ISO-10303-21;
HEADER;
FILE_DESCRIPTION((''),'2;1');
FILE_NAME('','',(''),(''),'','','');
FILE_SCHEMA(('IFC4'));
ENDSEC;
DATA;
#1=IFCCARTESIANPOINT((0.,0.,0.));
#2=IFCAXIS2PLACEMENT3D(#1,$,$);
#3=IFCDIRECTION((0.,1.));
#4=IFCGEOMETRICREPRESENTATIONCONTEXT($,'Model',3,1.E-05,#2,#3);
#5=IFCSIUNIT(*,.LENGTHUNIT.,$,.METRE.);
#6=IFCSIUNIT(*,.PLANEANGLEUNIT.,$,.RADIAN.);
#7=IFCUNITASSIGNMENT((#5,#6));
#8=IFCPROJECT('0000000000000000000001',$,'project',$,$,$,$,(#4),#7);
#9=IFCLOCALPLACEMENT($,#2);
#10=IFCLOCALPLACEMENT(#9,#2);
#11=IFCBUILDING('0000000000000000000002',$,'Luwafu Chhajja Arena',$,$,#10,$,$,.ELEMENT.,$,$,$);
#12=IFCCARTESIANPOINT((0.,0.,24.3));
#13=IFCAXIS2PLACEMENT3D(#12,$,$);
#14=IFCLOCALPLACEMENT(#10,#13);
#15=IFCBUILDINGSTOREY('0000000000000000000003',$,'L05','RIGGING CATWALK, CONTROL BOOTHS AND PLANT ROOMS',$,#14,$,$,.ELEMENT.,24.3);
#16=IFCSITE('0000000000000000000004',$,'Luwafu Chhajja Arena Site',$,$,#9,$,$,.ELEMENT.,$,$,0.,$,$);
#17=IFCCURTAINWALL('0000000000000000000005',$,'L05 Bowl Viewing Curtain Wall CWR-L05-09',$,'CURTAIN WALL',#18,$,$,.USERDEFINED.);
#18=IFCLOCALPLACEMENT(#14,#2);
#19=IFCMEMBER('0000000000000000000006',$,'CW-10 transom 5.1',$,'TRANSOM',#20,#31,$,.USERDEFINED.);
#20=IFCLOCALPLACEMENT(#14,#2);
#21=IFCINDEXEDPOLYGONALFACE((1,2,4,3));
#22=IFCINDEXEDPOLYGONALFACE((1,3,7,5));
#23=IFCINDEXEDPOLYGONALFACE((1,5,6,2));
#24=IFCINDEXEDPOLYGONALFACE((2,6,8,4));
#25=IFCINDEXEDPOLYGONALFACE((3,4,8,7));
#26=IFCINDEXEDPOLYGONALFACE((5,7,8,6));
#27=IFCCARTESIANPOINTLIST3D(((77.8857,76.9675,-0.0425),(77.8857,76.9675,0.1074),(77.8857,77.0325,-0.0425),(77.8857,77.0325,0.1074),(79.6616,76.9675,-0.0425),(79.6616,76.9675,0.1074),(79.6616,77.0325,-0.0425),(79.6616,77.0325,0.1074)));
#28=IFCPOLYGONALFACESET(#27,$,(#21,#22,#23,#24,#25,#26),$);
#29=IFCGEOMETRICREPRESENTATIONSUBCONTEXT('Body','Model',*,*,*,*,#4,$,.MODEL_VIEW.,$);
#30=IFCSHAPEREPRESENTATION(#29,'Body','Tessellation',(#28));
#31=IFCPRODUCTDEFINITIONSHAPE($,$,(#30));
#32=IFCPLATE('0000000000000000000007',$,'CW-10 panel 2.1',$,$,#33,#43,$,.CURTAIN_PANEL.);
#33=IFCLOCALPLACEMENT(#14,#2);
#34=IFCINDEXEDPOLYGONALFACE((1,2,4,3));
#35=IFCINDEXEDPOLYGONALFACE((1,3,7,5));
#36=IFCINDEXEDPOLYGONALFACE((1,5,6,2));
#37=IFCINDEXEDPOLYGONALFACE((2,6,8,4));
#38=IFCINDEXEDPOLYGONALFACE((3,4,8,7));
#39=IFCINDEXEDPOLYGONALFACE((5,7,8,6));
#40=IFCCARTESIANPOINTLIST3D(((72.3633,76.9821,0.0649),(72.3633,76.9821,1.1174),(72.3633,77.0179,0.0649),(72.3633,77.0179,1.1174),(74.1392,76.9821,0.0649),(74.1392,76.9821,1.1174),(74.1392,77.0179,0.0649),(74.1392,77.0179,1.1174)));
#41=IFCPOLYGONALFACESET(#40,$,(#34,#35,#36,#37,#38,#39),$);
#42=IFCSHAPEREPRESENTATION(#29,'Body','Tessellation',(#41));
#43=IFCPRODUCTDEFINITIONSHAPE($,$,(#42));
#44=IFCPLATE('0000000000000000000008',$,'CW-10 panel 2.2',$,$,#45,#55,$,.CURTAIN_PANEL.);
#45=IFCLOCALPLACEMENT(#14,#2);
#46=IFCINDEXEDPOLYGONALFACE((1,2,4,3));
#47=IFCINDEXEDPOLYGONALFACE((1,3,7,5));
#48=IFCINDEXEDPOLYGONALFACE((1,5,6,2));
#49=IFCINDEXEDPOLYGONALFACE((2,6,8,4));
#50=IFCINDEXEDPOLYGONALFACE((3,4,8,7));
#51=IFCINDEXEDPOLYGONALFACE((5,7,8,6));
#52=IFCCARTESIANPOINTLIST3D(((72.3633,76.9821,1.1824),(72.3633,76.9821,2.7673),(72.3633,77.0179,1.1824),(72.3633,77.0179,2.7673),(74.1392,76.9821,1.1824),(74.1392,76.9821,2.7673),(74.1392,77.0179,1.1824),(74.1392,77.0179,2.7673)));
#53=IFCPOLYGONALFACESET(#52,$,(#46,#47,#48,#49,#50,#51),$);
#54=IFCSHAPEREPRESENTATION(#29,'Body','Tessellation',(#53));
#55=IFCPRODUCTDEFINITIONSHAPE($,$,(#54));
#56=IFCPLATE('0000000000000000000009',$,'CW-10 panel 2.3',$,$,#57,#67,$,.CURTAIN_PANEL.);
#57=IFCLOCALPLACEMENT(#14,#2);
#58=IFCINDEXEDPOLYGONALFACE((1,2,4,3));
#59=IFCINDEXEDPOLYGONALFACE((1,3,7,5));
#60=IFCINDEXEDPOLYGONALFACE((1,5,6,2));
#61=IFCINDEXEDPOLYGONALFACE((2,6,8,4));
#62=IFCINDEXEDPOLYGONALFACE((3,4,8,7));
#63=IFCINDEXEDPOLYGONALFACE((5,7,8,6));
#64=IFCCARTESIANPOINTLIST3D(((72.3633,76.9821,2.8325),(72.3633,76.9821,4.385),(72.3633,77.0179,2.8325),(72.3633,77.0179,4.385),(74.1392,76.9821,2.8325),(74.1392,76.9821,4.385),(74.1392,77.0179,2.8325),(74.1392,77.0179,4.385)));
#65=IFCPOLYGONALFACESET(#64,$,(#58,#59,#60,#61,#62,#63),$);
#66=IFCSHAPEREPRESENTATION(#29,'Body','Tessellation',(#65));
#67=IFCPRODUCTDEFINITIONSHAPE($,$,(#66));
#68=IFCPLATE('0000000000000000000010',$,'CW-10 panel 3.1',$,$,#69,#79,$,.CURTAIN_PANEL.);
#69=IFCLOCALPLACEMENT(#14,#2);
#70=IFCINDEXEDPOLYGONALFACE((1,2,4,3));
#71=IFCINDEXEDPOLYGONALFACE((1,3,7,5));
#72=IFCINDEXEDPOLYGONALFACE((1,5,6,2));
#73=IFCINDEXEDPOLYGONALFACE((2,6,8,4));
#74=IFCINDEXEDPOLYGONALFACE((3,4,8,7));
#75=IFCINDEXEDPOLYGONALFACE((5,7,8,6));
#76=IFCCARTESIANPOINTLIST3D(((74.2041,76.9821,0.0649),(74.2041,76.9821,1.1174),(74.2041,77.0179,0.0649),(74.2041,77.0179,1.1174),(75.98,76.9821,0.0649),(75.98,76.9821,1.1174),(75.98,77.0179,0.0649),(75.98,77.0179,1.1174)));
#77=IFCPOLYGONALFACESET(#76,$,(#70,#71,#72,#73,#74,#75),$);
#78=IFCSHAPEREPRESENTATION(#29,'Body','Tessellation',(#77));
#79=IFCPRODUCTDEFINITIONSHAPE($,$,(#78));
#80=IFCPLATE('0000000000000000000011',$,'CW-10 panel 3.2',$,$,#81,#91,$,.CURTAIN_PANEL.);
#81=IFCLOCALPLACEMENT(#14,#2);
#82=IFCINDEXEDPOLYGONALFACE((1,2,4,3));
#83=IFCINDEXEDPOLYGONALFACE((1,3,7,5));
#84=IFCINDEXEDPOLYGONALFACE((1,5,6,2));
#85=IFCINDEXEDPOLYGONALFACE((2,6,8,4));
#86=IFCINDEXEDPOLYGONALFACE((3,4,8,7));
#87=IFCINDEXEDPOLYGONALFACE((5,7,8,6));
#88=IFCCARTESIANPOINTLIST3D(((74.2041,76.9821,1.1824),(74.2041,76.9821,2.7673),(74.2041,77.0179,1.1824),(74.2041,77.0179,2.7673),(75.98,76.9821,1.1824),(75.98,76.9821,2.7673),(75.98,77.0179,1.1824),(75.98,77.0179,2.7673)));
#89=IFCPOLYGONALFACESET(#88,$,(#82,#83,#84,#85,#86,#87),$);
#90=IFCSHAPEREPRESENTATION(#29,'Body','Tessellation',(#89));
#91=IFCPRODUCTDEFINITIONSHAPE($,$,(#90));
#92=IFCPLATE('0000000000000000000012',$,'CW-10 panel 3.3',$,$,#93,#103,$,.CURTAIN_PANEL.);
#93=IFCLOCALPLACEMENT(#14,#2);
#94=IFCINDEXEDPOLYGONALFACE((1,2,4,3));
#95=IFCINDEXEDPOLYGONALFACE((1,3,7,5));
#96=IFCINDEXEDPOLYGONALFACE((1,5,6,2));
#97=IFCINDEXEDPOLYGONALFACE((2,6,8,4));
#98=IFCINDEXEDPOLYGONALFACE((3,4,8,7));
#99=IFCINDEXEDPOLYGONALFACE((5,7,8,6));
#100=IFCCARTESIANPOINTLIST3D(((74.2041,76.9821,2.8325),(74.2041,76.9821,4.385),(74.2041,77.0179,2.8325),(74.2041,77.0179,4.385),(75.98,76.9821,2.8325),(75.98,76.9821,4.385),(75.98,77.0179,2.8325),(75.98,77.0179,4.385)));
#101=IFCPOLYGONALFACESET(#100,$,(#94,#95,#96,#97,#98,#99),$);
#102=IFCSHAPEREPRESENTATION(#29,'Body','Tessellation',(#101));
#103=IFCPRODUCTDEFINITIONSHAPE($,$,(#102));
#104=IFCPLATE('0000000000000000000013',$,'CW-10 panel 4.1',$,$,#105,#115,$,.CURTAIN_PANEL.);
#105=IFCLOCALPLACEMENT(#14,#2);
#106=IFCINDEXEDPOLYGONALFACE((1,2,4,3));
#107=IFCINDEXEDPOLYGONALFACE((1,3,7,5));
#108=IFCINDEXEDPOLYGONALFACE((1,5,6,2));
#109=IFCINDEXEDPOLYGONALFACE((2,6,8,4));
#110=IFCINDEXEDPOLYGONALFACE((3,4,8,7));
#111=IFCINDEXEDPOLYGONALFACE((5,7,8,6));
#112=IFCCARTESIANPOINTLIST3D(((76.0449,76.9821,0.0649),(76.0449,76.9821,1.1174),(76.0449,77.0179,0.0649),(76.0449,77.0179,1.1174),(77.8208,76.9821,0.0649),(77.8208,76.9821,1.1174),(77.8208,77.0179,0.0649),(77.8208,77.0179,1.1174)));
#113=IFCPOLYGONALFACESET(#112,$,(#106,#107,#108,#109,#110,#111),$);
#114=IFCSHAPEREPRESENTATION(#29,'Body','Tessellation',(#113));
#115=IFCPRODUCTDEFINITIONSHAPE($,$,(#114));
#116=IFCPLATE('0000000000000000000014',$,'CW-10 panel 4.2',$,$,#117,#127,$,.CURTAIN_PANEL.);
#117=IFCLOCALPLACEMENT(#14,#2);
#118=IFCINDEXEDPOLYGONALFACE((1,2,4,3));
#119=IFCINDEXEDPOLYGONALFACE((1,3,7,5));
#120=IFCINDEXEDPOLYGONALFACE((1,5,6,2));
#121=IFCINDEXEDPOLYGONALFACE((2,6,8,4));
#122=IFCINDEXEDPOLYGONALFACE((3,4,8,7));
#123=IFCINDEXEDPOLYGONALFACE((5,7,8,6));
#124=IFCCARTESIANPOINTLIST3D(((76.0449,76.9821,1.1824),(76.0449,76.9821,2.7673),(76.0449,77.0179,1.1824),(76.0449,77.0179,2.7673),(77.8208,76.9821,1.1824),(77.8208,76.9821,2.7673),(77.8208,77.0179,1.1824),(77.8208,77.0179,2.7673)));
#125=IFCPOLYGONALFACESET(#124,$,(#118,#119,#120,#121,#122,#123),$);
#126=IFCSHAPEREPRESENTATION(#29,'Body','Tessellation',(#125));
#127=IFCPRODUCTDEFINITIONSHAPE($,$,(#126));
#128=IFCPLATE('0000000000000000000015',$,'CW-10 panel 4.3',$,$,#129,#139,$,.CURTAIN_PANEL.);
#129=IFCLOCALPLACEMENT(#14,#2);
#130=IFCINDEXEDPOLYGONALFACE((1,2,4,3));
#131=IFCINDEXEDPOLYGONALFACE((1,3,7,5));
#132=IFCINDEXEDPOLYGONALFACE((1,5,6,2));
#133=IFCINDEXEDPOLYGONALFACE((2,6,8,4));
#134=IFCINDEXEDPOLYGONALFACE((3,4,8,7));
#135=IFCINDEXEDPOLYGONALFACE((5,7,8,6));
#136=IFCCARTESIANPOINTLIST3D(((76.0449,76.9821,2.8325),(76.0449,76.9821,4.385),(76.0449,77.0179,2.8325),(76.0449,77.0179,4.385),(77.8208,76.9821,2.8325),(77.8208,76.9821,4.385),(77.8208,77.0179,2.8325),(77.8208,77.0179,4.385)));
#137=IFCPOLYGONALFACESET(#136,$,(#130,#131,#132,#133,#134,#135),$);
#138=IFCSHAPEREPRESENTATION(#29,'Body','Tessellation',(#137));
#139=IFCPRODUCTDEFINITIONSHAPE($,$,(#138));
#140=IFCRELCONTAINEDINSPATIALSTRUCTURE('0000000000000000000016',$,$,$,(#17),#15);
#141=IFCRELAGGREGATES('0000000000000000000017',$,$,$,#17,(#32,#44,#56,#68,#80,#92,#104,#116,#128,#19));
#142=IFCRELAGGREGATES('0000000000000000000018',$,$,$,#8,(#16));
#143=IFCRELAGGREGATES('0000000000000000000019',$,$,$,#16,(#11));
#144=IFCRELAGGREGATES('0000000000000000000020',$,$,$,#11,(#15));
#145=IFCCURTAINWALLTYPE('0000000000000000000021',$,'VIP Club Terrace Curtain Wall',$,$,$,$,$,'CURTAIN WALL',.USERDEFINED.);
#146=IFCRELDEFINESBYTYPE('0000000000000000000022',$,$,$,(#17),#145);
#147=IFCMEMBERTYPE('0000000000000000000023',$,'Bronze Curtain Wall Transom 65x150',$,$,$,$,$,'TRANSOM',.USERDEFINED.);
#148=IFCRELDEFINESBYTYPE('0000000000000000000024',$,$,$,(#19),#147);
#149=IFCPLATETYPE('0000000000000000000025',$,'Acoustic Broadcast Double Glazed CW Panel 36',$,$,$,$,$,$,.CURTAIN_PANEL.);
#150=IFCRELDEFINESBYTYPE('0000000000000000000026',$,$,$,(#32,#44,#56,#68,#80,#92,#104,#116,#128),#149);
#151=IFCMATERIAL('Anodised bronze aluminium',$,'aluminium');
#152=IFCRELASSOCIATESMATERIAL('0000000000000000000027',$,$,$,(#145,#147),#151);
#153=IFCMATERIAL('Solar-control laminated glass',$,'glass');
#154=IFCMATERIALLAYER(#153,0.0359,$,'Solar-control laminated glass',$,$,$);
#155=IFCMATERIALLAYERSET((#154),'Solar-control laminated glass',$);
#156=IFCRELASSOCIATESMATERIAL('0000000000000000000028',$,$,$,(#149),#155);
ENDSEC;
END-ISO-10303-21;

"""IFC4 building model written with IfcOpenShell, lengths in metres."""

from ifc_helpers import new_model, si_unit, direction, frame, origin, origin_2d, place, context, subcontext, project, spatial, rectangle, extrude, material, layer, layer_set, material_profile, profile_set, type_object, element, aggregate, save


model = new_model("IFC4")

# Units and contexts
model_context = context("Model", 3, precision=1e-05, world=origin(), true_north=direction((0.0, 1.0)))
body_context = subcontext(model_context, "Body", "Model", "MODEL_VIEW")
ifc_project = project(units=[si_unit("LENGTHUNIT", "METRE"), si_unit("PLANEANGLEUNIT", "RADIAN")], contexts=[model_context])

# Site, building, storey
site_placement = place(None, origin())
site = spatial("IfcSite", under=ifc_project, at=site_placement, Name="Luwafu Chhajja Arena Site", CompositionType="ELEMENT", RefElevation=0.0)
building_placement = place(site_placement, origin())
building = spatial("IfcBuilding", under=site, at=building_placement, Name="Luwafu Chhajja Arena", CompositionType="ELEMENT")
storey_placement = place(building_placement, frame((0.0, 0.0, 24.3)))
storey = spatial("IfcBuildingStorey", under=building, at=storey_placement, Name="L05", Description="RIGGING CATWALK, CONTROL BOOTHS AND PLANT ROOMS", CompositionType="ELEMENT", Elevation=24.3)

# Curtain wall, member, plates
ifc_material_1 = material(Name="Anodised bronze aluminium", Category="aluminium")
curtain_wall_type = type_object("IfcCurtainWallType", Name="VIP Club Terrace Curtain Wall", ElementType="CURTAIN WALL", PredefinedType="USERDEFINED", material=ifc_material_1)
curtain_wall_placement = place(storey_placement, origin())
curtain_wall = element("IfcCurtainWall", 1, at=curtain_wall_placement, inside=storey, type_object=curtain_wall_type, Name="L05 Bowl Viewing Curtain Wall CWR-L05-09", ObjectType="CURTAIN WALL", PredefinedType="USERDEFINED")
ifc_material_profile_1 = material_profile(ifc_material_1, rectangle(XDim=0.0649, YDim=0.1499, at=origin_2d()), Name="CWT 65x150")
ifc_profile_set_1 = profile_set([ifc_material_profile_1], Name="Anodised bronze aluminium")
member_type_1 = type_object("IfcMemberType", Name="Bronze Curtain Wall Transom 65x150", ElementType="TRANSOM", PredefinedType="USERDEFINED", material=ifc_profile_set_1)
member_1_placement = place(storey_placement, frame((77.8857, 77.0, 0.0325), z_axis=(1.0, 0.0, 0.0), x_axis=(0.0, 1.0, 0.0)))
member_1 = element("IfcMember", 2, at=member_1_placement, type_object=member_type_1, Name="CW-10 transom 5.1", ObjectType="TRANSOM", PredefinedType="USERDEFINED", context=body_context, shape_type="SweptSolid", body=[
    extrude(rectangle(XDim=0.0649, YDim=0.1499, at=origin_2d()), origin(), (0.0, 0.0, 1.0), 1.7759),
])
ifc_material_2 = material(Name="Solar-control laminated glass", Category="glass")
ifc_layer = layer(ifc_material_2, 0.0359, Name="Solar-control laminated glass")
ifc_layer_set = layer_set([ifc_layer], Name="Solar-control laminated glass")
plate_type = type_object("IfcPlateType", Name="Acoustic Broadcast Double Glazed CW Panel 36", PredefinedType="CURTAIN_PANEL", material=ifc_layer_set)
plate_1_placement = place(storey_placement, frame((73.2512, 77.0, 0.0649), z_axis=(0.0, 0.0, 1.0), x_axis=(1.0, 0.0, 0.0)))
plate_1 = element("IfcPlate", 3, at=plate_1_placement, type_object=plate_type, Name="CW-10 panel 2.1", PredefinedType="CURTAIN_PANEL", context=body_context, shape_type="SweptSolid", body=[
    extrude(rectangle(XDim=1.7759, YDim=0.0359, at=origin_2d()), origin(), (0.0, 0.0, 1.0), 1.0525),
])
plate_2_placement = place(storey_placement, frame((73.2512, 77.0, 1.1824), z_axis=(0.0, 0.0, 1.0), x_axis=(1.0, 0.0, 0.0)))
plate_2 = element("IfcPlate", 4, at=plate_2_placement, type_object=plate_type, Name="CW-10 panel 2.2", PredefinedType="CURTAIN_PANEL", context=body_context, shape_type="SweptSolid", body=[
    extrude(rectangle(XDim=1.7759, YDim=0.0359, at=origin_2d()), origin(), (0.0, 0.0, 1.0), 1.585),
])
plate_3_placement = place(storey_placement, frame((73.2512, 77.0, 2.8325), z_axis=(0.0, 0.0, 1.0), x_axis=(1.0, 0.0, 0.0)))
plate_3 = element("IfcPlate", 5, at=plate_3_placement, type_object=plate_type, Name="CW-10 panel 2.3", PredefinedType="CURTAIN_PANEL", context=body_context, shape_type="SweptSolid", body=[
    extrude(rectangle(XDim=1.7759, YDim=0.0359, at=origin_2d()), origin(), (0.0, 0.0, 1.0), 1.5525),
])
plate_4_placement = place(storey_placement, frame((75.092, 77.0, 0.0649), z_axis=(0.0, 0.0, 1.0), x_axis=(1.0, 0.0, 0.0)))
plate_4 = element("IfcPlate", 6, at=plate_4_placement, type_object=plate_type, Name="CW-10 panel 3.1", PredefinedType="CURTAIN_PANEL", context=body_context, shape_type="SweptSolid", body=[
    extrude(rectangle(XDim=1.7759, YDim=0.0359, at=origin_2d()), origin(), (0.0, 0.0, 1.0), 1.0525),
])
plate_5_placement = place(storey_placement, frame((75.092, 77.0, 1.1824), z_axis=(0.0, 0.0, 1.0), x_axis=(1.0, 0.0, 0.0)))
plate_5 = element("IfcPlate", 7, at=plate_5_placement, type_object=plate_type, Name="CW-10 panel 3.2", PredefinedType="CURTAIN_PANEL", context=body_context, shape_type="SweptSolid", body=[
    extrude(rectangle(XDim=1.7759, YDim=0.0359, at=origin_2d()), origin(), (0.0, 0.0, 1.0), 1.585),
])
plate_6_placement = place(storey_placement, frame((75.092, 77.0, 2.8325), z_axis=(0.0, 0.0, 1.0), x_axis=(1.0, 0.0, 0.0)))
plate_6 = element("IfcPlate", 8, at=plate_6_placement, type_object=plate_type, Name="CW-10 panel 3.3", PredefinedType="CURTAIN_PANEL", context=body_context, shape_type="SweptSolid", body=[
    extrude(rectangle(XDim=1.7759, YDim=0.0359, at=origin_2d()), origin(), (0.0, 0.0, 1.0), 1.5525),
])
plate_7_placement = place(storey_placement, frame((76.9329, 77.0, 0.0649), z_axis=(0.0, 0.0, 1.0), x_axis=(1.0, 0.0, 0.0)))
plate_7 = element("IfcPlate", 9, at=plate_7_placement, type_object=plate_type, Name="CW-10 panel 4.1", PredefinedType="CURTAIN_PANEL", context=body_context, shape_type="SweptSolid", body=[
    extrude(rectangle(XDim=1.7759, YDim=0.0359, at=origin_2d()), origin(), (0.0, 0.0, 1.0), 1.0525),
])
plate_8_placement = place(storey_placement, frame((76.9329, 77.0, 1.1824), z_axis=(0.0, 0.0, 1.0), x_axis=(1.0, 0.0, 0.0)))
plate_8 = element("IfcPlate", 10, at=plate_8_placement, type_object=plate_type, Name="CW-10 panel 4.2", PredefinedType="CURTAIN_PANEL", context=body_context, shape_type="SweptSolid", body=[
    extrude(rectangle(XDim=1.7759, YDim=0.0359, at=origin_2d()), origin(), (0.0, 0.0, 1.0), 1.585),
])
plate_9_placement = place(storey_placement, frame((76.9329, 77.0, 2.8325), z_axis=(0.0, 0.0, 1.0), x_axis=(1.0, 0.0, 0.0)))
plate_9 = element("IfcPlate", 11, at=plate_9_placement, type_object=plate_type, Name="CW-10 panel 4.3", PredefinedType="CURTAIN_PANEL", context=body_context, shape_type="SweptSolid", body=[
    extrude(rectangle(XDim=1.7759, YDim=0.0359, at=origin_2d()), origin(), (0.0, 0.0, 1.0), 1.5525),
])
aggregate(curtain_wall, [plate_1, plate_2, plate_3, plate_4, plate_5, plate_6, plate_7, plate_8, plate_9, member_1])

save(model, "model.ifc")
